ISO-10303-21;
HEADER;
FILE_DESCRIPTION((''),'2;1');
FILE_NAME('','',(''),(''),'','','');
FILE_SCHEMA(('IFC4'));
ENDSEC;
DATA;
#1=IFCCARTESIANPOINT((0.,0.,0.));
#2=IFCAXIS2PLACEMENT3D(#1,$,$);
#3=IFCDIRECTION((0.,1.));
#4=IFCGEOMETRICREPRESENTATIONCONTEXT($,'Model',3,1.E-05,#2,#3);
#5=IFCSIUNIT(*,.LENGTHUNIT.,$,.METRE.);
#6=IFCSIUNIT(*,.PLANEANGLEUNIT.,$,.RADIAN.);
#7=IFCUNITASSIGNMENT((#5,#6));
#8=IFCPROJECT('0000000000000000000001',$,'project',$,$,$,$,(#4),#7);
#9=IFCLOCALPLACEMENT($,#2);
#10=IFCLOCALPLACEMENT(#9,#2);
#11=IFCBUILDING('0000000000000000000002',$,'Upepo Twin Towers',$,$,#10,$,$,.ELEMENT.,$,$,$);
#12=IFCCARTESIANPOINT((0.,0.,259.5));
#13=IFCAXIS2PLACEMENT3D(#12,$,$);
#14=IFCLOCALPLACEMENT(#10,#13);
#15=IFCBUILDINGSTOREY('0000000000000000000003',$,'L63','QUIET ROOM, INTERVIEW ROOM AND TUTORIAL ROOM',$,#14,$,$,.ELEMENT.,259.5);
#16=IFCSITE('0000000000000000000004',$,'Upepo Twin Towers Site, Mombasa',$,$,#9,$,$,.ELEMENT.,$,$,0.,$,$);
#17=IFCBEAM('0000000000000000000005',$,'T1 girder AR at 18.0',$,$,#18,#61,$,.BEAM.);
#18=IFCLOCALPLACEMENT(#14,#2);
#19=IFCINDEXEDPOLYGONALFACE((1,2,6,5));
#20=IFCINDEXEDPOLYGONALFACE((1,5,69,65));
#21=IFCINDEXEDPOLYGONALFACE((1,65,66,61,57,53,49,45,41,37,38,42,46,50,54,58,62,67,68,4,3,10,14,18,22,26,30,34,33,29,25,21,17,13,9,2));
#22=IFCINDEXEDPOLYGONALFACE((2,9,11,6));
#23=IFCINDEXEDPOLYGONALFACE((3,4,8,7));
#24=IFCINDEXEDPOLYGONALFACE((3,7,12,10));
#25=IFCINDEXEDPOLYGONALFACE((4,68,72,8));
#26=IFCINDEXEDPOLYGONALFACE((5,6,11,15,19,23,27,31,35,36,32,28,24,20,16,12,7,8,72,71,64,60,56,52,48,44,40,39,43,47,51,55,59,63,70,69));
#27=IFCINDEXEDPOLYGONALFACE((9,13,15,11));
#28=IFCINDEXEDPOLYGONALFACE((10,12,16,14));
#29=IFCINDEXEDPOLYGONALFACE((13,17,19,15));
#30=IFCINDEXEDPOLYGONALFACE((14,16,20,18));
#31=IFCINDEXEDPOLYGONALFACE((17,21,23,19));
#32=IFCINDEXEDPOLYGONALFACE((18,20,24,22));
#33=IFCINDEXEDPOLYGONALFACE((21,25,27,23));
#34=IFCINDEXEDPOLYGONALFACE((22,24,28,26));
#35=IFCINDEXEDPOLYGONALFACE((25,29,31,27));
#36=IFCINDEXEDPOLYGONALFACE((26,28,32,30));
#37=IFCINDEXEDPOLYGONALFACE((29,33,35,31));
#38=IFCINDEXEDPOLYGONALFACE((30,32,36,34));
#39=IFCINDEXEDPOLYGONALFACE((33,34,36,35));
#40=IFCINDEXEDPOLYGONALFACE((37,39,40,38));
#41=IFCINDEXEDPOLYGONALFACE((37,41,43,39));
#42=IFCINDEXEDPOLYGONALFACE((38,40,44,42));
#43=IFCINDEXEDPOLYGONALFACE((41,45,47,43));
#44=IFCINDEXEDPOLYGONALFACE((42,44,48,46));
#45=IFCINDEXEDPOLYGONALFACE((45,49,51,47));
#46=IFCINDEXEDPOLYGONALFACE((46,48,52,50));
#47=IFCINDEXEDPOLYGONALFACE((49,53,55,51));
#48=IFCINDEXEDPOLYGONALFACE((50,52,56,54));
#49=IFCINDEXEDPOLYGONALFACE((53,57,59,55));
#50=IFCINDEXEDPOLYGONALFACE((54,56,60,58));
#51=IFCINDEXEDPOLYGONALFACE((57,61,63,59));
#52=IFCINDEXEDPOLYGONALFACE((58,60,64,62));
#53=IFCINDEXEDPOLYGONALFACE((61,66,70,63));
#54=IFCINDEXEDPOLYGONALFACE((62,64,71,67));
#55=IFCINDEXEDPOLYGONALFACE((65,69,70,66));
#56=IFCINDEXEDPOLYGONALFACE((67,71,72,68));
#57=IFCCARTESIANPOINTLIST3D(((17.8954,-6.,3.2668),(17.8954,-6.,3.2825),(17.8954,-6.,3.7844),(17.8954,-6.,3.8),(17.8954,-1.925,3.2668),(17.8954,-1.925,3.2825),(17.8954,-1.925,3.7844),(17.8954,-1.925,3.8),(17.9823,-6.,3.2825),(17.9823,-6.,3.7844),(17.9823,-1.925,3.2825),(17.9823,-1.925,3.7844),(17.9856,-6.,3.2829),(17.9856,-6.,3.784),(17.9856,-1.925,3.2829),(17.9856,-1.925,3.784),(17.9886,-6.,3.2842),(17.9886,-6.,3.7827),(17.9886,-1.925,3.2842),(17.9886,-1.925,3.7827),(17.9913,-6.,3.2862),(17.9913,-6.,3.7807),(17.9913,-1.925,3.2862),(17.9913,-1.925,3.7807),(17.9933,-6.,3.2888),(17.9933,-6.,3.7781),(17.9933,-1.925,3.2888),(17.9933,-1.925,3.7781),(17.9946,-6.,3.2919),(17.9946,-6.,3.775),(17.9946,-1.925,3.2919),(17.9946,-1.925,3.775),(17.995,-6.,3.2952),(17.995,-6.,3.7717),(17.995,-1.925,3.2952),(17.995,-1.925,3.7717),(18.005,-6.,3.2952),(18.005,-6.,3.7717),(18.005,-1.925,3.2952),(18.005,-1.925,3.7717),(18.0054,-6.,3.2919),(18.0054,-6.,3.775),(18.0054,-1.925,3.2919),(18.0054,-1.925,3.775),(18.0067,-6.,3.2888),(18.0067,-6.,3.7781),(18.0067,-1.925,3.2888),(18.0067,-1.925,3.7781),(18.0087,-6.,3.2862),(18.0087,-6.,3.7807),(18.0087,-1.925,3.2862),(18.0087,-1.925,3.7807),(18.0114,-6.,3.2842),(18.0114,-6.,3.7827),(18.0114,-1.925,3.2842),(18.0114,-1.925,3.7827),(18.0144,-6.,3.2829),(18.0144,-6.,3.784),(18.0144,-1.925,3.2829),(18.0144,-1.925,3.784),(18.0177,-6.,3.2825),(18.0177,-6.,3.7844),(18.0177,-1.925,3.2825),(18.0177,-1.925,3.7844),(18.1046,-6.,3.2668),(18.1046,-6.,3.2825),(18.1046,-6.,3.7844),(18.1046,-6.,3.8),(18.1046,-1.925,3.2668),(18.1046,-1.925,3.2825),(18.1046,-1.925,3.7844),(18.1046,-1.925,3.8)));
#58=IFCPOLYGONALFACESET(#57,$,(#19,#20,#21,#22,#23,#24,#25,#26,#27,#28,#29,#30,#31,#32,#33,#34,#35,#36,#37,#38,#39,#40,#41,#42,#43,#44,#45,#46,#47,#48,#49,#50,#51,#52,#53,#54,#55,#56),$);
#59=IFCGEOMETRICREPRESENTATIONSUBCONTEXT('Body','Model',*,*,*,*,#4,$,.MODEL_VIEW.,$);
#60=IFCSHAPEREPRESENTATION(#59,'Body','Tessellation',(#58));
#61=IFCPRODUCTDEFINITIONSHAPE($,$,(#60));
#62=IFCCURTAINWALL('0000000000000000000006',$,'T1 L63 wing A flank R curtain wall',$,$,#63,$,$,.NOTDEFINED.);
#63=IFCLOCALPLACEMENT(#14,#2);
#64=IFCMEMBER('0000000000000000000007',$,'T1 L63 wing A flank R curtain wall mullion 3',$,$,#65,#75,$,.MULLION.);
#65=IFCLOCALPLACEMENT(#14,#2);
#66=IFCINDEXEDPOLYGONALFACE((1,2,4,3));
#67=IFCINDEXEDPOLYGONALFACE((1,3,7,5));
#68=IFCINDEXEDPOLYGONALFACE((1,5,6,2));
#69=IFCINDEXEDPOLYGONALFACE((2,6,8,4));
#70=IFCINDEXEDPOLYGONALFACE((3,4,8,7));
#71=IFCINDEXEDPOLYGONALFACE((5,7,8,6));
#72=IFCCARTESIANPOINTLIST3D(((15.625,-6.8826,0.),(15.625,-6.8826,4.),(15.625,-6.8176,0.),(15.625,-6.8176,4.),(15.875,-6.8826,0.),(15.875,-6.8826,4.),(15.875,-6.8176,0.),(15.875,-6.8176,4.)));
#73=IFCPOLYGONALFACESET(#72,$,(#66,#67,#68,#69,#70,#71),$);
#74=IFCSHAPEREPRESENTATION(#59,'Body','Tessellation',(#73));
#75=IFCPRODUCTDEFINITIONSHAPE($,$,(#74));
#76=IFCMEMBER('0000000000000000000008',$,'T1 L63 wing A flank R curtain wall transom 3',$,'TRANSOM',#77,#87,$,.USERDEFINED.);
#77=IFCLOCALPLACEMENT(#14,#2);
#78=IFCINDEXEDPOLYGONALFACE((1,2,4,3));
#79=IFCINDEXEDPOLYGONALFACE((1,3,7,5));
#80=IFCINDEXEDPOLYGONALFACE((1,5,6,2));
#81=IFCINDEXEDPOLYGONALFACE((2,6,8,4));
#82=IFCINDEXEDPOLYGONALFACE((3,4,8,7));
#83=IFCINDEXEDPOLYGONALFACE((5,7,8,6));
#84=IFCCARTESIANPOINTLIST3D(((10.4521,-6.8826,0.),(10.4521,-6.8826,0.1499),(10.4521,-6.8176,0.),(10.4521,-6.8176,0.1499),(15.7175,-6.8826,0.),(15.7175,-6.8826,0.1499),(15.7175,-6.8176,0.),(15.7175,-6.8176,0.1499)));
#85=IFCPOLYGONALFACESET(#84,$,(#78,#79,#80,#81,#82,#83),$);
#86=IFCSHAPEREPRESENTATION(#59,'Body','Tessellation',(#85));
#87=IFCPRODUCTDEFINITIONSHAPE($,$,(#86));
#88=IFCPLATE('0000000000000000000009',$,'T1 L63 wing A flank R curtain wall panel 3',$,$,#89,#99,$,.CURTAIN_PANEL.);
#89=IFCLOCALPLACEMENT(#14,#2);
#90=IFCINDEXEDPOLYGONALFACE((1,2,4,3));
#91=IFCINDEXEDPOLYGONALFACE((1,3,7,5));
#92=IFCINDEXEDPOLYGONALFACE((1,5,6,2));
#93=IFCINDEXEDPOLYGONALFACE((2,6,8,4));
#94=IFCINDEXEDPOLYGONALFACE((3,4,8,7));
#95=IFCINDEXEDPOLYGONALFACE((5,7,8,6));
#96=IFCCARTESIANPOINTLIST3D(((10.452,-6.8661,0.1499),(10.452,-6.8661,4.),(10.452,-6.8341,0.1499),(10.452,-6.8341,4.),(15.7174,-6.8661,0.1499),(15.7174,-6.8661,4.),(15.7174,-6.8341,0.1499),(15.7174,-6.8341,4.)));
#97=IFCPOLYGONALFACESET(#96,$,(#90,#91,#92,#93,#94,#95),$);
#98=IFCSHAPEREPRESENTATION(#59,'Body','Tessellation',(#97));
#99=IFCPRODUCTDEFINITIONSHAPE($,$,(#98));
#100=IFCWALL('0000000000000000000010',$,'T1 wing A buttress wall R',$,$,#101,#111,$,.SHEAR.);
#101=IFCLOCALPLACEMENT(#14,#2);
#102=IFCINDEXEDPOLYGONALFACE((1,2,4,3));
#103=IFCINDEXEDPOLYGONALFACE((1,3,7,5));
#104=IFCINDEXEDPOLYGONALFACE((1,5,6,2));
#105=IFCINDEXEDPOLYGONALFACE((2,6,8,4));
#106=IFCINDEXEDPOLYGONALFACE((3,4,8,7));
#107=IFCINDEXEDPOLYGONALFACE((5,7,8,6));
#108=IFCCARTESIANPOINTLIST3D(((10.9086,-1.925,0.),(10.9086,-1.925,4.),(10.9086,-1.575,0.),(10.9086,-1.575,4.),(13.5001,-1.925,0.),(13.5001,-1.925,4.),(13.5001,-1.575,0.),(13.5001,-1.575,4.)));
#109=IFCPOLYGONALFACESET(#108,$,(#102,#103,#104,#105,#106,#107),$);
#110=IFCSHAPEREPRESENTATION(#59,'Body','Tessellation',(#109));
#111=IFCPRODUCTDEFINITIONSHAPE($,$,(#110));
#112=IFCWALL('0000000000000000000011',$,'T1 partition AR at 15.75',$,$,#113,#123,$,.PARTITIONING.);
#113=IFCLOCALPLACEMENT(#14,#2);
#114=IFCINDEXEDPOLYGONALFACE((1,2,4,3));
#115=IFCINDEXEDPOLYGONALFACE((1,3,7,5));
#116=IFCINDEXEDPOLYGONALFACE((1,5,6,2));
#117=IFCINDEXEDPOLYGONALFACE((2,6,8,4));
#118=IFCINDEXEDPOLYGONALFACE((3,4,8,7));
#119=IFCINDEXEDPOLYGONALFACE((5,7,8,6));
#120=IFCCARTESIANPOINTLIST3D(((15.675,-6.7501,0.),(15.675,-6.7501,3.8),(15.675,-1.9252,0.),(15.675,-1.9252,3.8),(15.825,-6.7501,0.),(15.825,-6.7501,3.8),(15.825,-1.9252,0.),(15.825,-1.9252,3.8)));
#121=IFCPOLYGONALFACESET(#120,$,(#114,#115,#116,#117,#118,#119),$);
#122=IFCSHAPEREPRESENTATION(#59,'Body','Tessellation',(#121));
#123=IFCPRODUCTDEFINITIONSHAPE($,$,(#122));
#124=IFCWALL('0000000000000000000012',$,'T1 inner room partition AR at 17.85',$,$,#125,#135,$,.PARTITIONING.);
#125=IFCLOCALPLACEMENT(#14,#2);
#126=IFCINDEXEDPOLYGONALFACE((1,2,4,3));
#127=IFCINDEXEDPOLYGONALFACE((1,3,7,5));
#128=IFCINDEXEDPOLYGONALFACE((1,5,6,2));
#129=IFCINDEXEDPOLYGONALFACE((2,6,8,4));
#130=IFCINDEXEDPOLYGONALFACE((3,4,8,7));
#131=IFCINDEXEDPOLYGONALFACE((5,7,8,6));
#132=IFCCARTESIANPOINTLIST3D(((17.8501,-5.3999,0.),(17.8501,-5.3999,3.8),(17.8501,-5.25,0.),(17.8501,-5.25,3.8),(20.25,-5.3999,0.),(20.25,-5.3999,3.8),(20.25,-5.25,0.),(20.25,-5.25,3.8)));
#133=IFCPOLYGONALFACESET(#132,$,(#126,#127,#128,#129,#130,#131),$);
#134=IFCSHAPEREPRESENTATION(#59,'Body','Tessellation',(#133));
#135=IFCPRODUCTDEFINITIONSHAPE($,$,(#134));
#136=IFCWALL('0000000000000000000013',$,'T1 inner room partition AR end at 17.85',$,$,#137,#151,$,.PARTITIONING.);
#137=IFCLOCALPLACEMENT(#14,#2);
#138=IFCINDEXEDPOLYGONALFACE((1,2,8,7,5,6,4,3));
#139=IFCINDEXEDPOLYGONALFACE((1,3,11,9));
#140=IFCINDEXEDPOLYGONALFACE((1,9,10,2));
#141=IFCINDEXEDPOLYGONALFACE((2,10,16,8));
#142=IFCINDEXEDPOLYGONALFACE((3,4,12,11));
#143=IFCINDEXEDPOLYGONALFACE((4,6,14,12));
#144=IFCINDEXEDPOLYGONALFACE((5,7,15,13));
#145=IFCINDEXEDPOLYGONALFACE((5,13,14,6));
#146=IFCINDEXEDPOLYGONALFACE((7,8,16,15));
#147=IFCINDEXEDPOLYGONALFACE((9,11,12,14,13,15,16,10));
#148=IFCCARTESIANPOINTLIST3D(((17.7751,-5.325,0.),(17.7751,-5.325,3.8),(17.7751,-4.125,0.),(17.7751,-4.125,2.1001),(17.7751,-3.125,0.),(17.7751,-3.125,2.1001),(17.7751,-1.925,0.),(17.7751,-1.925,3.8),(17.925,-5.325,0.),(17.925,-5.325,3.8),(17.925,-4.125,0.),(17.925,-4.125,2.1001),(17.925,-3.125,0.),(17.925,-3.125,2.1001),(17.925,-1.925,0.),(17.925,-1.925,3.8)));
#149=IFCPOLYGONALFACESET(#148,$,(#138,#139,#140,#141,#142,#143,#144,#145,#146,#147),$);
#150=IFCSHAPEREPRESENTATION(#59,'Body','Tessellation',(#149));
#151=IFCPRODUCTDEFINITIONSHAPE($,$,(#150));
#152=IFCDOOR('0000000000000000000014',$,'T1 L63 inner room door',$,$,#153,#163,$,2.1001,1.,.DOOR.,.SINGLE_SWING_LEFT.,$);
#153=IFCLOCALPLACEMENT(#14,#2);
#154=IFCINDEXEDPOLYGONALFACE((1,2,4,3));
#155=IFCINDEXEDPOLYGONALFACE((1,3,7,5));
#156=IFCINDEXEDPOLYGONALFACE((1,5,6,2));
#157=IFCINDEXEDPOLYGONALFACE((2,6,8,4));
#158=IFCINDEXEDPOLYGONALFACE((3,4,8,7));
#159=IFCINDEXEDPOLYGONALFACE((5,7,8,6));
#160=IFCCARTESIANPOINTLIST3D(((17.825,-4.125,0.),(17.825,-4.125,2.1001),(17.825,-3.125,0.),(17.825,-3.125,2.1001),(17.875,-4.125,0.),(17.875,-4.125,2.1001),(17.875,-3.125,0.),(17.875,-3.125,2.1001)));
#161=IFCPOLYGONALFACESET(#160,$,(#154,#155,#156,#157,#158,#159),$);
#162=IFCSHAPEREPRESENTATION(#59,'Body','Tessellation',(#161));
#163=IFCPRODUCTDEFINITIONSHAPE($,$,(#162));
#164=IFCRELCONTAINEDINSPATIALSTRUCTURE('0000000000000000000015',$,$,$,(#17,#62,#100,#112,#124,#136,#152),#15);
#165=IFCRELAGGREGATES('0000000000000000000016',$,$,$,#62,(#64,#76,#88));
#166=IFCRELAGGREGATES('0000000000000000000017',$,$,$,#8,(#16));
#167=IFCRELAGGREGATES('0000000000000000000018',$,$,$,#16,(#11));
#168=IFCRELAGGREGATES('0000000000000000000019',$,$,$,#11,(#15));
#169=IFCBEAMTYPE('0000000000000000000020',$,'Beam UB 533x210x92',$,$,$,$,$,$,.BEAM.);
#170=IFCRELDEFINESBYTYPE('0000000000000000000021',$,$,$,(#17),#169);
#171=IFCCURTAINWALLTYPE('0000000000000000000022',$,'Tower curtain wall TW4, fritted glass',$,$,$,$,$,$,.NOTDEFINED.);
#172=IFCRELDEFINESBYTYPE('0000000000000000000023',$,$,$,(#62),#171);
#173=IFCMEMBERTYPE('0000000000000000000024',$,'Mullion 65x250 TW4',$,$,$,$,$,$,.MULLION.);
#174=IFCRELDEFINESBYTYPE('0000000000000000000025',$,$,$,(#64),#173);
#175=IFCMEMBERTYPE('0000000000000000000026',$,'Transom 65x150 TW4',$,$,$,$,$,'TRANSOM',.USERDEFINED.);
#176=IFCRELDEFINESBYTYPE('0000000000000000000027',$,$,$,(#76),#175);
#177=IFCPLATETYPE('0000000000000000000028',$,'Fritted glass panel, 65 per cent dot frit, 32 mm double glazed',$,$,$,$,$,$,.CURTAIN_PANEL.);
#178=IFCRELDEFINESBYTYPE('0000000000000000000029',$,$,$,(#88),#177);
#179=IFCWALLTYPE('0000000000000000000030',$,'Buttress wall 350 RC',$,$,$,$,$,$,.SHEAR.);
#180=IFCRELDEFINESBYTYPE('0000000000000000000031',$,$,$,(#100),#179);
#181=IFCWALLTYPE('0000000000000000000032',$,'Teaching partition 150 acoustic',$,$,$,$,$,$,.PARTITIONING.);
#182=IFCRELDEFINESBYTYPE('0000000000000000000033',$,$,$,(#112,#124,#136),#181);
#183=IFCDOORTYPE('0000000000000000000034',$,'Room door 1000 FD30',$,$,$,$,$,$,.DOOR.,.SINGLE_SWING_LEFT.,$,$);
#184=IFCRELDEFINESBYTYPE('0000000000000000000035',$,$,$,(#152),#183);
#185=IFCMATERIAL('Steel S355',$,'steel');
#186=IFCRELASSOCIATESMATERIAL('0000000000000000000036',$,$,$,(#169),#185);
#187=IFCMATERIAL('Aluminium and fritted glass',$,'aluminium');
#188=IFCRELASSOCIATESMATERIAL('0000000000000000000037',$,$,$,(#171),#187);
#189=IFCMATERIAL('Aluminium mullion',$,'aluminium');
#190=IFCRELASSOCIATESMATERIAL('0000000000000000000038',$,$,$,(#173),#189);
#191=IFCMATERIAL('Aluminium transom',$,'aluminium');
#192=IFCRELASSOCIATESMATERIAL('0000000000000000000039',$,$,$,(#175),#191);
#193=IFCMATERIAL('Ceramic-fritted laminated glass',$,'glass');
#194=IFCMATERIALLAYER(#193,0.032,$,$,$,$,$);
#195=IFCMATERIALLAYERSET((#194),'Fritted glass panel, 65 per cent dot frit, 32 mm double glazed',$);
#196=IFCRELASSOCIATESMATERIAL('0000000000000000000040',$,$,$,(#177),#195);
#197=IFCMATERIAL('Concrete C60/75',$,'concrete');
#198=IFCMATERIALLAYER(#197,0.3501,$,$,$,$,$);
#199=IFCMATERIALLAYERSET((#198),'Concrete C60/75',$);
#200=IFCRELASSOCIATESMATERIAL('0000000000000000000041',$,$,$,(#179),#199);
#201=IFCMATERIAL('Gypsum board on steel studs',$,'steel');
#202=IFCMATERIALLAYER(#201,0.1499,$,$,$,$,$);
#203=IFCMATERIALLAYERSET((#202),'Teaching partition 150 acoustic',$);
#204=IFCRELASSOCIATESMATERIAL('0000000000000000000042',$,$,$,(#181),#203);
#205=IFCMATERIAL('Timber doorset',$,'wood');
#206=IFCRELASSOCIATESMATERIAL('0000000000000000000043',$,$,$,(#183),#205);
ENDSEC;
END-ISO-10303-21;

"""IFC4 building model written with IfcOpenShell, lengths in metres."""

from ifc_helpers import new_model, si_unit, direction, frame, frame_2d, origin, origin_2d, place, context, subcontext, project, spatial, rectangle, i_section, extrude, material, layer, layer_set, material_profile, profile_set, type_object, element, fill, aggregate, save


model = new_model("IFC4")

# Units and contexts
model_context = context("Model", 3, precision=1e-05, world=origin(), true_north=direction((0.0, 1.0)))
body_context = subcontext(model_context, "Body", "Model", "MODEL_VIEW")
ifc_project = project(units=[si_unit("LENGTHUNIT", "METRE"), si_unit("PLANEANGLEUNIT", "RADIAN")], contexts=[model_context])

# Site, building, storey
site_placement = place(None, origin())
site = spatial("IfcSite", under=ifc_project, at=site_placement, Name="Upepo Twin Towers Site, Mombasa", CompositionType="ELEMENT", RefElevation=0.0)
building_placement = place(site_placement, origin())
building = spatial("IfcBuilding", under=site, at=building_placement, Name="Upepo Twin Towers", CompositionType="ELEMENT")
storey_placement = place(building_placement, frame((0.0, 0.0, 259.5)))
storey = spatial("IfcBuildingStorey", under=building, at=storey_placement, Name="L63", Description="QUIET ROOM, INTERVIEW ROOM AND TUTORIAL ROOM", CompositionType="ELEMENT", Elevation=259.5)

# Beam
ifc_material_1 = material(Name="Steel S355", Category="steel")
ifc_material_profile_1 = material_profile(ifc_material_1, i_section(OverallWidth=0.2092, OverallDepth=0.5332, WebThickness=0.01, FlangeThickness=0.0156, FilletRadius=0.0127, at=origin_2d()), Name="UB 533x210x92")
ifc_profile_set_1 = profile_set([ifc_material_profile_1], Name="Steel S355")
beam_type_1 = type_object("IfcBeamType", Name="Beam UB 533x210x92", PredefinedType="BEAM", material=ifc_profile_set_1)
for number, where, z_axis, x_axis, name in (
    (1, (18.0, -6.0, 3.5334), (0.0, 1.0, 0.0), (-1.0, 0.0, 0.0), "T1 girder AR at 18.0"),
):
    element("IfcBeam", number, at=place(storey_placement, frame(where, z_axis=z_axis, x_axis=x_axis)), inside=storey, type_object=beam_type_1, Name=name, PredefinedType="BEAM", context=body_context, shape_type="SweptSolid", body=[
        extrude(i_section(OverallWidth=0.2092, OverallDepth=0.5332, WebThickness=0.01, FlangeThickness=0.0156, FilletRadius=0.0127, at=origin_2d()), origin(), (0.0, 0.0, 1.0), 4.075),
    ])

# Curtain wall, members, plate
ifc_material_2 = material(Name="Aluminium and fritted glass", Category="aluminium")
curtain_wall_type = type_object("IfcCurtainWallType", Name="Tower curtain wall TW4, fritted glass", PredefinedType="NOTDEFINED", material=ifc_material_2)
curtain_wall_placement = place(storey_placement, origin())
curtain_wall = element("IfcCurtainWall", 2, at=curtain_wall_placement, inside=storey, type_object=curtain_wall_type, Name="T1 L63 wing A flank R curtain wall", PredefinedType="NOTDEFINED")
ifc_material_3 = material(Name="Aluminium mullion", Category="aluminium")
ifc_material_profile_2 = material_profile(ifc_material_3, rectangle(XDim=0.0649, YDim=0.25, at=origin_2d()), Name="MULLION 65x250")
ifc_profile_set_2 = profile_set([ifc_material_profile_2], Name="Aluminium mullion")
member_type_1 = type_object("IfcMemberType", Name="Mullion 65x250 TW4", PredefinedType="MULLION", material=ifc_profile_set_2)
member_1_placement = place(storey_placement, frame((15.75, -6.8501, 0.0), z_axis=(0.0, 0.0, 1.0), x_axis=(0.0, -1.0, 0.0)))
member_1 = element("IfcMember", 3, at=member_1_placement, type_object=member_type_1, Name="T1 L63 wing A flank R curtain wall mullion 3", PredefinedType="MULLION", context=body_context, shape_type="SweptSolid", body=[
    extrude(rectangle(XDim=0.0649, YDim=0.25, at=origin_2d()), origin(), (0.0, 0.0, 1.0), 4.0),
])
ifc_material_4 = material(Name="Aluminium transom", Category="aluminium")
ifc_material_profile_3 = material_profile(ifc_material_4, rectangle(XDim=0.0649, YDim=0.1499, at=origin_2d()), Name="TRANSOM 65x150")
ifc_profile_set_3 = profile_set([ifc_material_profile_3], Name="Aluminium transom")
member_type_2 = type_object("IfcMemberType", Name="Transom 65x150 TW4", ElementType="TRANSOM", PredefinedType="USERDEFINED", material=ifc_profile_set_3)
member_2_placement = place(storey_placement, frame((15.7175, -6.8501, 0.075), z_axis=(-1.0, 0.0, 0.0), x_axis=(0.0, -1.0, 0.0)))
member_2 = element("IfcMember", 4, at=member_2_placement, type_object=member_type_2, Name="T1 L63 wing A flank R curtain wall transom 3", ObjectType="TRANSOM", PredefinedType="USERDEFINED", context=body_context, shape_type="SweptSolid", body=[
    extrude(rectangle(XDim=0.0649, YDim=0.1499, at=origin_2d()), origin(), (0.0, 0.0, 1.0), 5.2654),
])
ifc_material_5 = material(Name="Ceramic-fritted laminated glass", Category="glass")
ifc_layer_1 = layer(ifc_material_5, 0.032)
ifc_layer_set_1 = layer_set([ifc_layer_1], Name="Fritted glass panel, 65 per cent dot frit, 32 mm double glazed")
plate_type = type_object("IfcPlateType", Name="Fritted glass panel, 65 per cent dot frit, 32 mm double glazed", PredefinedType="CURTAIN_PANEL", material=ifc_layer_set_1)
plate_placement = place(storey_placement, frame((13.0847, -6.8501, 0.1499), z_axis=(0.0, 0.0, 1.0), x_axis=(-1.0, 0.0, 0.0)))
plate = element("IfcPlate", 5, at=plate_placement, type_object=plate_type, Name="T1 L63 wing A flank R curtain wall panel 3", PredefinedType="CURTAIN_PANEL", context=body_context, shape_type="SweptSolid", body=[
    extrude(rectangle(XDim=5.2654, YDim=0.032, at=origin_2d()), origin(), (0.0, 0.0, 1.0), 3.8501),
])
aggregate(curtain_wall, [member_1, member_2, plate])

# Walls
ifc_material_6 = material(Name="Concrete C60/75", Category="concrete")
ifc_layer_2 = layer(ifc_material_6, 0.3501)
ifc_layer_set_2 = layer_set([ifc_layer_2], Name="Concrete C60/75")
wall_type_1 = type_object("IfcWallType", Name="Buttress wall 350 RC", PredefinedType="SHEAR", material=ifc_layer_set_2)
wall_1_placement = place(storey_placement, frame((10.9084, -1.75, 0.0), z_axis=(0.0, 0.0, 1.0), x_axis=(1.0, 0.0, 0.0)))
element("IfcWall", 6, at=wall_1_placement, inside=storey, type_object=wall_type_1, Name="T1 wing A buttress wall R", PredefinedType="SHEAR", context=body_context, shape_type="SweptSolid", body=[
    extrude(rectangle(XDim=2.5916, YDim=0.3501, at=frame_2d((1.2959, 0.0))), origin(), (0.0, 0.0, 1.0), 4.0),
])
ifc_material_7 = material(Name="Gypsum board on steel studs", Category="steel")
ifc_layer_3 = layer(ifc_material_7, 0.1499)
ifc_layer_set_3 = layer_set([ifc_layer_3], Name="Teaching partition 150 acoustic")
wall_type_2 = type_object("IfcWallType", Name="Teaching partition 150 acoustic", PredefinedType="PARTITIONING", material=ifc_layer_set_3)
wall_2_placement = place(storey_placement, frame((15.75, -1.925, 0.0), z_axis=(0.0, 0.0, 1.0), x_axis=(0.0, -1.0, 0.0)))
element("IfcWall", 7, at=wall_2_placement, inside=storey, type_object=wall_type_2, Name="T1 partition AR at 15.75", PredefinedType="PARTITIONING", context=body_context, shape_type="SweptSolid", body=[
    extrude(rectangle(XDim=4.825, YDim=0.1499, at=frame_2d((2.4126, 0.0))), origin(), (0.0, 0.0, 1.0), 3.8),
])
wall_3_placement = place(storey_placement, frame((17.8501, -5.325, 0.0), z_axis=(0.0, 0.0, 1.0), x_axis=(1.0, 0.0, 0.0)))
element("IfcWall", 8, at=wall_3_placement, inside=storey, type_object=wall_type_2, Name="T1 inner room partition AR at 17.85", PredefinedType="PARTITIONING", context=body_context, shape_type="SweptSolid", body=[
    extrude(rectangle(XDim=2.3999, YDim=0.1499, at=frame_2d((1.2, 0.0))), origin(), (0.0, 0.0, 1.0), 3.8),
])

# Wall, opening, door
wall_4_placement = place(storey_placement, frame((17.8501, -1.925, 0.0), z_axis=(0.0, 0.0, 1.0), x_axis=(0.0, -1.0, 0.0)))
wall_4 = element("IfcWall", 9, at=wall_4_placement, inside=storey, type_object=wall_type_2, Name="T1 inner room partition AR end at 17.85", PredefinedType="PARTITIONING", context=body_context, shape_type="SweptSolid", body=[
    extrude(rectangle(XDim=3.3999, YDim=0.1499, at=frame_2d((1.7, 0.0))), origin(), (0.0, 0.0, 1.0), 3.8),
])
opening_1_placement = place(wall_4_placement, frame((1.2, 0.0, 0.0)))
opening_1 = element("IfcOpeningElement", 10, at=opening_1_placement, cuts=wall_4, PredefinedType="OPENING", context=body_context, shape_type="SweptSolid", body=[
    extrude(rectangle(XDim=1.0, YDim=2.1001, at=frame_2d((0.5, 1.05))), frame((0.0, 0.085, 0.0), z_axis=(0.0, -1.0, 0.0), x_axis=(1.0, 0.0, 0.0)), (0.0, 0.0, 1.0), 0.1699),
])
ifc_material_8 = material(Name="Timber doorset", Category="wood")
door_type_1 = type_object("IfcDoorType", Name="Room door 1000 FD30", OperationType="SINGLE_SWING_LEFT", PredefinedType="DOOR", material=ifc_material_8)
door_1_placement = place(opening_1_placement, origin())
door_1 = element("IfcDoor", 11, at=door_1_placement, inside=storey, type_object=door_type_1, Name="T1 L63 inner room door", OperationType="SINGLE_SWING_LEFT", OverallHeight=2.1001, OverallWidth=1.0, PredefinedType="DOOR", context=body_context, shape_type="SweptSolid", body=[
    extrude(rectangle(XDim=1.0, YDim=2.1001, at=frame_2d((0.5, 1.05))), frame((0.0, 0.0249, 0.0), z_axis=(0.0, -1.0, 0.0), x_axis=(1.0, 0.0, 0.0)), (0.0, 0.0, 1.0), 0.05),
])
fill(opening_1, door_1)

save(model, "model.ifc")
